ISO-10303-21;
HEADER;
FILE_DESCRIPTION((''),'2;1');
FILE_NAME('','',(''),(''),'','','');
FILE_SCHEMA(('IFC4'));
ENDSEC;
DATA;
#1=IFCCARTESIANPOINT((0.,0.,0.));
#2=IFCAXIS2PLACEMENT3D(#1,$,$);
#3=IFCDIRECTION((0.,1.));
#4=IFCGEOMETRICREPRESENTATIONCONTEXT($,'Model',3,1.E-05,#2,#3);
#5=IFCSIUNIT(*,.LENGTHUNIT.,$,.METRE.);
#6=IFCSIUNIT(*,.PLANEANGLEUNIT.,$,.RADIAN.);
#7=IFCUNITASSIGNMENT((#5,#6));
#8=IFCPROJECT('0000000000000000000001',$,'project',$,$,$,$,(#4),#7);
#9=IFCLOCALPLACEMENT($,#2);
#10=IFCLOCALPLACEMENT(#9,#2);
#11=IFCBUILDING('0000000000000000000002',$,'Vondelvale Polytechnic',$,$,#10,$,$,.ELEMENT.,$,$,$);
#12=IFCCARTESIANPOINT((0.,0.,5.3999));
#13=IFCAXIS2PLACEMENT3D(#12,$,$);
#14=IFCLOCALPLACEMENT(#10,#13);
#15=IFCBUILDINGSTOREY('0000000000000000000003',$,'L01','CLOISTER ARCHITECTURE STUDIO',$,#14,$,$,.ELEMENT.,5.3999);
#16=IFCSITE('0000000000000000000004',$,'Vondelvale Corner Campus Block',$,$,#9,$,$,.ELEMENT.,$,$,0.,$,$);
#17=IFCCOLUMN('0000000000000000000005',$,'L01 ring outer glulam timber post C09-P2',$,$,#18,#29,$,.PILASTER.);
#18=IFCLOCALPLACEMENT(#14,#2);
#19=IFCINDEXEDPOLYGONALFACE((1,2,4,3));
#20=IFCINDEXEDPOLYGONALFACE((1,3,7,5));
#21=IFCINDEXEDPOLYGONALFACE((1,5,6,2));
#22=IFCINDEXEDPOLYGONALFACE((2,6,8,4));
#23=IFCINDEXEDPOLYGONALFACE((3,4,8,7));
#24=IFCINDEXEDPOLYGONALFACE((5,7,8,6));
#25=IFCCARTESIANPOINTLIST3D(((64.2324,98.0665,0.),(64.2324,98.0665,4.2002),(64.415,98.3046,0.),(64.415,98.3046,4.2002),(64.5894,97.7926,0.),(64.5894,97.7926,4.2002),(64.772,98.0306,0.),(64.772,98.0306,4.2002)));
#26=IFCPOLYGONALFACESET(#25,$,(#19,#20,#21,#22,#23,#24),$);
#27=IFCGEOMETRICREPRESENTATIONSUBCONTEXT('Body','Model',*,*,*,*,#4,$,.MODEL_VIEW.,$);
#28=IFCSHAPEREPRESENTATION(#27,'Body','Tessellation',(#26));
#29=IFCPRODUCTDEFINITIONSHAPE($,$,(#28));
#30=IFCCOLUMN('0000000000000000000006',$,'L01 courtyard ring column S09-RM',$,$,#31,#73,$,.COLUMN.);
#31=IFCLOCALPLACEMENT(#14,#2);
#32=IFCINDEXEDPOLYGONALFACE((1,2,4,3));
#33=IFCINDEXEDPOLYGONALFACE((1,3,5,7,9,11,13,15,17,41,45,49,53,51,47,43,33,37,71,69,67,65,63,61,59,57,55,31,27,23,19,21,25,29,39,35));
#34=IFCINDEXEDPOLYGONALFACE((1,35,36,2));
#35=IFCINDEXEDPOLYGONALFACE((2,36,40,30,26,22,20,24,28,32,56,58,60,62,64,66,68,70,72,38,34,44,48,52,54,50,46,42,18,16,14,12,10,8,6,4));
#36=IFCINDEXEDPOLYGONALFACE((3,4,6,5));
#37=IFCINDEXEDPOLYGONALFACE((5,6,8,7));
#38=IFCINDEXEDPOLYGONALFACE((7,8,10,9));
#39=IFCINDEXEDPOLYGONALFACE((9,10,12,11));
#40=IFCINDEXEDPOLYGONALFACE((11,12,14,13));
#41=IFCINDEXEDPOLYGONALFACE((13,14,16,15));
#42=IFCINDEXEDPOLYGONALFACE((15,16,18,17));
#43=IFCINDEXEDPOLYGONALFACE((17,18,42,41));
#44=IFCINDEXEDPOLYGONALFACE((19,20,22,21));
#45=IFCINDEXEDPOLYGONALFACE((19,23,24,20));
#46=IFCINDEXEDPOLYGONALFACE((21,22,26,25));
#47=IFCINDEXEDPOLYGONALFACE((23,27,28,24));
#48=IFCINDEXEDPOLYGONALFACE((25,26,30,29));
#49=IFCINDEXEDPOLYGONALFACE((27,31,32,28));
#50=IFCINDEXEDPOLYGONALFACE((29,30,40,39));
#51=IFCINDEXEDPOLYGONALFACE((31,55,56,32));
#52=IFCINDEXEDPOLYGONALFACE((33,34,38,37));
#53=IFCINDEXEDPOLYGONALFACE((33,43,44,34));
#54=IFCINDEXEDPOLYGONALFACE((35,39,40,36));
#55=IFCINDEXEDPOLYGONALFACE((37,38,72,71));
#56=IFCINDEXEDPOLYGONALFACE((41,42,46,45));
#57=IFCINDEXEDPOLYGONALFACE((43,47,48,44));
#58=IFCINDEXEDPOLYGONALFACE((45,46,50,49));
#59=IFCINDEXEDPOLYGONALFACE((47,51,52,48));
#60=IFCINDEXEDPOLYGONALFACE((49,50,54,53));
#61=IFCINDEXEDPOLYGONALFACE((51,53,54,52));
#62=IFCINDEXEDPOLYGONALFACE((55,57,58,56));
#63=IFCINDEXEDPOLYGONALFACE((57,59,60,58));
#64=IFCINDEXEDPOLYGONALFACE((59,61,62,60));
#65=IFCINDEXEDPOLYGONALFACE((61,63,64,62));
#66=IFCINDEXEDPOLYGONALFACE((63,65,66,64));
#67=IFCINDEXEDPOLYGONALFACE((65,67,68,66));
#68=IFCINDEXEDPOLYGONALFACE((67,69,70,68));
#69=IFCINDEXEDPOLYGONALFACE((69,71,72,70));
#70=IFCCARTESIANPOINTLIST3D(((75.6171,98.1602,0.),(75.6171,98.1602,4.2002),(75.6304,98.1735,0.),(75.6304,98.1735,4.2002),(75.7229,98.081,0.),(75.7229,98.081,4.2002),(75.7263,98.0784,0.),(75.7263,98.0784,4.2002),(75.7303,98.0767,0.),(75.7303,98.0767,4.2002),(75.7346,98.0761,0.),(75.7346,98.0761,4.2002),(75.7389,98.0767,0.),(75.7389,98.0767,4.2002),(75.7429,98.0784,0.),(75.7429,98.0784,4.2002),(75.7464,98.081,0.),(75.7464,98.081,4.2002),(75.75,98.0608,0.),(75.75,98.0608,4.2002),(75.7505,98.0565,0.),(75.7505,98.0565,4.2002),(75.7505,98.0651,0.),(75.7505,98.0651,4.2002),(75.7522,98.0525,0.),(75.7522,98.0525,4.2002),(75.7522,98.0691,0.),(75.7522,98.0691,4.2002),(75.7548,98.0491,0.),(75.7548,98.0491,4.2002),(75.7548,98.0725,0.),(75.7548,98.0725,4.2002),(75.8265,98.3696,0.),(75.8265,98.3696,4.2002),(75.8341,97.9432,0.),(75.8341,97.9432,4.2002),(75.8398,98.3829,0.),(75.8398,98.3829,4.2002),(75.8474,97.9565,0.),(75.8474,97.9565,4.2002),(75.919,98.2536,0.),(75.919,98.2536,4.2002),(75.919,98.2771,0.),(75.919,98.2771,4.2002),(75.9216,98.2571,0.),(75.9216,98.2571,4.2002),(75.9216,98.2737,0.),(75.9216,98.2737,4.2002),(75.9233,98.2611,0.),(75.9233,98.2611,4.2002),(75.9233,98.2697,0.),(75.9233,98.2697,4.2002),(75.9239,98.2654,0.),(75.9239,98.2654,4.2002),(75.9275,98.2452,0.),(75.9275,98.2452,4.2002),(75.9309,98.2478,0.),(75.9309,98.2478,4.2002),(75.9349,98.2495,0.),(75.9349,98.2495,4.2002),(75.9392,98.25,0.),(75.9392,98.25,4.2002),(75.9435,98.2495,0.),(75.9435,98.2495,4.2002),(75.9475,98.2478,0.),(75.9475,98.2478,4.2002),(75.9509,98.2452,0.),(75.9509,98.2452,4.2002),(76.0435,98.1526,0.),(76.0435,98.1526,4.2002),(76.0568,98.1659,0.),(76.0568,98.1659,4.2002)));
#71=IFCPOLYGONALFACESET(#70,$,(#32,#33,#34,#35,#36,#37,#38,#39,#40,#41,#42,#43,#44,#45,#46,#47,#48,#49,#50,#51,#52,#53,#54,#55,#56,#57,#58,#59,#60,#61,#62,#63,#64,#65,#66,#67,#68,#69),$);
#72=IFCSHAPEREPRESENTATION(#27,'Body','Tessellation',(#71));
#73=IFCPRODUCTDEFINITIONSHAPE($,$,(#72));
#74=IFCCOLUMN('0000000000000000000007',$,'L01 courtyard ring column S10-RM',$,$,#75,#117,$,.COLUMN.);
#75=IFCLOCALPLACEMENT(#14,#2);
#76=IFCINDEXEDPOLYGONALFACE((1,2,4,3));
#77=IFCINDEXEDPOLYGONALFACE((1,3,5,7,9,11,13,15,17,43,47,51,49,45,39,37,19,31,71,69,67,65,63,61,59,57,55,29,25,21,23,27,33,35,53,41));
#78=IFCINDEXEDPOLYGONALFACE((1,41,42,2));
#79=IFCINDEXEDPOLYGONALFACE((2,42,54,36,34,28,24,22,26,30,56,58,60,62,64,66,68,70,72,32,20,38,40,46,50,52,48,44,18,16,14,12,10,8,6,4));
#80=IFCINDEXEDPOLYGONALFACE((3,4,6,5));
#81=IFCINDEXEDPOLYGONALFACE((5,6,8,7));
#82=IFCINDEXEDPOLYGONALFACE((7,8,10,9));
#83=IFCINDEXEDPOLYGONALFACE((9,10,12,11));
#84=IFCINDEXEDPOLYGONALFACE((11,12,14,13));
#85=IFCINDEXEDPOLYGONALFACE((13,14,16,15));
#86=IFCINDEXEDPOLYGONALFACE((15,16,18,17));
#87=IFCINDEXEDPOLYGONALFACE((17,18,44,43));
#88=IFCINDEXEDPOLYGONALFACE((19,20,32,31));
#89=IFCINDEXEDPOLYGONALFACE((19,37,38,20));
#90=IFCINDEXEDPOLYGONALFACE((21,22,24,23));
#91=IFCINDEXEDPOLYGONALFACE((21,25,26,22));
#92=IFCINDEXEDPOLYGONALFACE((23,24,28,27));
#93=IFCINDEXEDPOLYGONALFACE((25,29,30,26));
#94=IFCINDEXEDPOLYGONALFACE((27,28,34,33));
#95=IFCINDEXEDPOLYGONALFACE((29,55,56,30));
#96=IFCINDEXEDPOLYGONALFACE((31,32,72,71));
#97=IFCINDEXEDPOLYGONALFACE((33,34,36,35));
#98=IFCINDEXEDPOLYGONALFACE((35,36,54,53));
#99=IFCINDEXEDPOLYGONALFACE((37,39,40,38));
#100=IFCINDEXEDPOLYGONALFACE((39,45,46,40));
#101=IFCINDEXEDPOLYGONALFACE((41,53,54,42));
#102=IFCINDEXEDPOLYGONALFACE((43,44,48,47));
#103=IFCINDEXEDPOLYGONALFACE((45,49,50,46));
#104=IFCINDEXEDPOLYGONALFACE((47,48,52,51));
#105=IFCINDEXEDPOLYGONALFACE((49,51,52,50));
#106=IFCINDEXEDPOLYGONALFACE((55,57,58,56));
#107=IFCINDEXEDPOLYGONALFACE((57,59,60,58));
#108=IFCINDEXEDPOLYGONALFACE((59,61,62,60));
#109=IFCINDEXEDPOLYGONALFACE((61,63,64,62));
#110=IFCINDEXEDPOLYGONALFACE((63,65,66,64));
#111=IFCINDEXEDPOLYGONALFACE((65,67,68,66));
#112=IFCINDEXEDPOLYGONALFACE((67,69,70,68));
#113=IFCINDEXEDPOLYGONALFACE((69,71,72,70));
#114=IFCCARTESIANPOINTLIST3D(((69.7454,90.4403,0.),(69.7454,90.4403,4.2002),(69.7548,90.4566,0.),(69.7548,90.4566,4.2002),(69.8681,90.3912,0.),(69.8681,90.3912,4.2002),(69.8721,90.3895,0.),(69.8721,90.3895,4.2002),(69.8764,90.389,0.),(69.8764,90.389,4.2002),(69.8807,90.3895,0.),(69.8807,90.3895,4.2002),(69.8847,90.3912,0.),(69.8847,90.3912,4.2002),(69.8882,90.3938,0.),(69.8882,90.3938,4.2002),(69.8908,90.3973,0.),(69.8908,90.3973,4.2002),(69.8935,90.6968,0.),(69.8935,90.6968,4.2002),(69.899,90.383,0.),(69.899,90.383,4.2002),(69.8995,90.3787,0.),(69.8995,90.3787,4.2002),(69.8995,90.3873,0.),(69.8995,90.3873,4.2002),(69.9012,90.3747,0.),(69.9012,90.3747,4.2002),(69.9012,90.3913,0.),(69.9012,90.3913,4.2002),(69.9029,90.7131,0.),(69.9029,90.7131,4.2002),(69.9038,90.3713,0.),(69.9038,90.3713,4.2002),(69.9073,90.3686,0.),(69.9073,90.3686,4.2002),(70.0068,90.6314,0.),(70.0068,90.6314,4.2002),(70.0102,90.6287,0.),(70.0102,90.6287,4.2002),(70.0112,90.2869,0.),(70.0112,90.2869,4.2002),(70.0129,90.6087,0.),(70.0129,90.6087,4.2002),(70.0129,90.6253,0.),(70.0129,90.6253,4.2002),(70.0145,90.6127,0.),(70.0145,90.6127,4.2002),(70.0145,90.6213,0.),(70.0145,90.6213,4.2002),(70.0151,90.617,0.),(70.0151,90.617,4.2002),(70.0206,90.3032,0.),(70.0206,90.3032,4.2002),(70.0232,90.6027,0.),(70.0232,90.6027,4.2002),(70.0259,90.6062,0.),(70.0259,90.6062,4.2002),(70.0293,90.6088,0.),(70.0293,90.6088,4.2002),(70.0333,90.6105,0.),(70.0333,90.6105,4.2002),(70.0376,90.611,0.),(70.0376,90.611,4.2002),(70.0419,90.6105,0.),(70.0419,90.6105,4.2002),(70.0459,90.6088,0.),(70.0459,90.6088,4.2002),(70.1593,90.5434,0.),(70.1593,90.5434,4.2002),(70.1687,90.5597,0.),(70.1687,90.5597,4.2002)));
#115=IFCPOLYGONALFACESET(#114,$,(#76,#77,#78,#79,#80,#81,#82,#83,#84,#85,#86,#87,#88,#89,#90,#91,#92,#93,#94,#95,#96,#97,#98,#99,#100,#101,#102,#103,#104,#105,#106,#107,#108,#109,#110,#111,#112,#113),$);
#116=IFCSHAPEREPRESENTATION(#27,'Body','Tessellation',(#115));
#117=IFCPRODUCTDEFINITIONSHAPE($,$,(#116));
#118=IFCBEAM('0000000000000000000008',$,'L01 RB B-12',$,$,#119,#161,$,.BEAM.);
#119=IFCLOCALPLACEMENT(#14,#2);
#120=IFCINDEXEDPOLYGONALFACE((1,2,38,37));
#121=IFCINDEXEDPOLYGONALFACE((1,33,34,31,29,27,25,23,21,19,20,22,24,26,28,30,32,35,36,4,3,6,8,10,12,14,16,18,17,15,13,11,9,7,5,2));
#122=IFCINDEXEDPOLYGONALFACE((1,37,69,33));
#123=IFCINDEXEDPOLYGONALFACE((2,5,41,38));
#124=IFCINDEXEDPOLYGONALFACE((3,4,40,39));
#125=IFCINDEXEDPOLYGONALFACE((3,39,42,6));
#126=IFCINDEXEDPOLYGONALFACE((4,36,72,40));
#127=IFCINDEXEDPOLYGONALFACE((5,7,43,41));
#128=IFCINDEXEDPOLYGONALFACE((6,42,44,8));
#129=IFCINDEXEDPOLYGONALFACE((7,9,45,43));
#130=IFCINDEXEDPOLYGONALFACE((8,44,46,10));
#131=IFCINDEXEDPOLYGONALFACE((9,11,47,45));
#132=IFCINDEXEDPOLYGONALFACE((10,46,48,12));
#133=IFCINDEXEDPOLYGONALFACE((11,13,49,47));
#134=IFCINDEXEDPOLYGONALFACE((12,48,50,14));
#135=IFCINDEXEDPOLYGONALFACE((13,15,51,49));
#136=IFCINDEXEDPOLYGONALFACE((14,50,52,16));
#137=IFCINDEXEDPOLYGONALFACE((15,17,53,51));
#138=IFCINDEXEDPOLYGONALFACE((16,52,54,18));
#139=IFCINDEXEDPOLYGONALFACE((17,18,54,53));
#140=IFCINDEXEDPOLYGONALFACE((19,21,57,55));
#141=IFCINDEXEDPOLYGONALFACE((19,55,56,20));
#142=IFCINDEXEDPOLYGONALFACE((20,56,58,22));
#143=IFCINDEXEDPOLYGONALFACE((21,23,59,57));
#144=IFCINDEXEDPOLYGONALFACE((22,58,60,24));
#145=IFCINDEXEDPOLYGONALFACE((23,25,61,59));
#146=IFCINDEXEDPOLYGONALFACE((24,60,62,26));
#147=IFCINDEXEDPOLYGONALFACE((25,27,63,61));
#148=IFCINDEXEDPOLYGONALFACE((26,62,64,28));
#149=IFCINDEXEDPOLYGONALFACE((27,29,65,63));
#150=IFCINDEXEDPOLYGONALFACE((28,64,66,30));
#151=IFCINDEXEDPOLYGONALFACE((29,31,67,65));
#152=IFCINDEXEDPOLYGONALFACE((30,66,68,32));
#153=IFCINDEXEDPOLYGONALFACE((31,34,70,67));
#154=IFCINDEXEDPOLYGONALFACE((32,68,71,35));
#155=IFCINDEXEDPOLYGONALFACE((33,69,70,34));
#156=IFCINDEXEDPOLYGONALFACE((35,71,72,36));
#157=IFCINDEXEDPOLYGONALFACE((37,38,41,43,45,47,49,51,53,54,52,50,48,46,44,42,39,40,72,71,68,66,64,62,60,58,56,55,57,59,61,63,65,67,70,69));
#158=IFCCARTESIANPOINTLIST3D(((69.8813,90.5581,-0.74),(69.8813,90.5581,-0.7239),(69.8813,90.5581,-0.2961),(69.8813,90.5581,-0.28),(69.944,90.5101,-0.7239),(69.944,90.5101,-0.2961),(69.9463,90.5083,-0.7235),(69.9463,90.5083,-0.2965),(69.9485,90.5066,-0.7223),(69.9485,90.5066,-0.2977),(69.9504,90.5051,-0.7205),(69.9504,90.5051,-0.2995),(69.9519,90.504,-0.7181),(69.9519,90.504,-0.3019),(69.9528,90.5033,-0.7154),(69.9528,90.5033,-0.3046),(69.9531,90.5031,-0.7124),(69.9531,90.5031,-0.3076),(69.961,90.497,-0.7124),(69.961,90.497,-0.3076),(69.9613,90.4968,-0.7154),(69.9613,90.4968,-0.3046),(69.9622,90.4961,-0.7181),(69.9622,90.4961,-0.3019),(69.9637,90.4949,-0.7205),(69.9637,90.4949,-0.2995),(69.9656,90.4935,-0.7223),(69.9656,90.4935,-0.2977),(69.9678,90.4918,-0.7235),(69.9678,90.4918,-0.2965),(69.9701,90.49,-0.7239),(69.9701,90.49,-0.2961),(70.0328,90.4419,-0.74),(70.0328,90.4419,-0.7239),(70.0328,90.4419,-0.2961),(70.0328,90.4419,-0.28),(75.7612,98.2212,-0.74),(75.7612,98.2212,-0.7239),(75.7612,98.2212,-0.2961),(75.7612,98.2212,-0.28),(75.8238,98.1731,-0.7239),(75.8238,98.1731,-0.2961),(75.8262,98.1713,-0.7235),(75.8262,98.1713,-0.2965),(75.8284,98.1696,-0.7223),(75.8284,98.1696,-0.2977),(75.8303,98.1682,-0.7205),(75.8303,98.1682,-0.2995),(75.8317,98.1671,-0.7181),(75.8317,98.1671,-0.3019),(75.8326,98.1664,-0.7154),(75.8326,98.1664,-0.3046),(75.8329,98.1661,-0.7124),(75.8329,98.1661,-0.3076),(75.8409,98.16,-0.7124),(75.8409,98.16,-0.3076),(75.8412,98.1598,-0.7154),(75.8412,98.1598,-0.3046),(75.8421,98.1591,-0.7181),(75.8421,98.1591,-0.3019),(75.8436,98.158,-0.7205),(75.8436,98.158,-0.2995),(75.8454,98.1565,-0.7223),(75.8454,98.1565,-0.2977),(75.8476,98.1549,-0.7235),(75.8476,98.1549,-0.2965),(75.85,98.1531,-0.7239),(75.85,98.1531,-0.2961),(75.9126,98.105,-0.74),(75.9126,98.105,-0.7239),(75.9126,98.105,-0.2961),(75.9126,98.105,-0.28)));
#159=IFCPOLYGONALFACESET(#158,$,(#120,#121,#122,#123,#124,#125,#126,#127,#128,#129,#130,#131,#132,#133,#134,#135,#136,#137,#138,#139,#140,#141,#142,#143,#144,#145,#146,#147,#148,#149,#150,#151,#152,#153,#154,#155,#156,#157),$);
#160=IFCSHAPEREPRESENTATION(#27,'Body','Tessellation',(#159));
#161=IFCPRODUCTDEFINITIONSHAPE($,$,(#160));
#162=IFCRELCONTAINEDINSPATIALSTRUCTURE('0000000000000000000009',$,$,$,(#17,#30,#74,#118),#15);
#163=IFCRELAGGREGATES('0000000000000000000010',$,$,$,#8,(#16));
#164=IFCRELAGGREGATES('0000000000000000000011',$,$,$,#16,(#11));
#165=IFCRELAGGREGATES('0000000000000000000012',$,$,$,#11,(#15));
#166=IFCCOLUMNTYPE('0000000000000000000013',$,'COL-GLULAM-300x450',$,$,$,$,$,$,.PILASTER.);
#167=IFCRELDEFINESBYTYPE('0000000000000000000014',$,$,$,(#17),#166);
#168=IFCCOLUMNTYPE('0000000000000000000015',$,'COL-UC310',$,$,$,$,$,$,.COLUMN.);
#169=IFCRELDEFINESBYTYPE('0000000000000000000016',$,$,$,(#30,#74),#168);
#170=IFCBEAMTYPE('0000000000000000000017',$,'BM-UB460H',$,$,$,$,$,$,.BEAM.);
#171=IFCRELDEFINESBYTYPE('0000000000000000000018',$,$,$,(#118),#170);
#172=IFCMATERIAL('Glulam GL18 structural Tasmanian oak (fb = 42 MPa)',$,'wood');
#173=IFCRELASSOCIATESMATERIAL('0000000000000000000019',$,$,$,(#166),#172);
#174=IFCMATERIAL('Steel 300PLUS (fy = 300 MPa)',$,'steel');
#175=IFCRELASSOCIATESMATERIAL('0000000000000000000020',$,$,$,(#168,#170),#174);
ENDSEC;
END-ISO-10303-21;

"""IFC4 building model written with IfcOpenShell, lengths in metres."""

from ifc_helpers import new_model, si_unit, direction, frame, origin, origin_2d, place, context, subcontext, project, spatial, rectangle, i_section, extrude, material, material_profile, profile_set, type_object, element, save


model = new_model("IFC4")

# Units and contexts
model_context = context("Model", 3, precision=1e-05, world=origin(), true_north=direction((0.0, 1.0)))
body_context = subcontext(model_context, "Body", "Model", "MODEL_VIEW")
ifc_project = project(units=[si_unit("LENGTHUNIT", "METRE"), si_unit("PLANEANGLEUNIT", "RADIAN")], contexts=[model_context])

# Site, building, storey
site_placement = place(None, origin())
site = spatial("IfcSite", under=ifc_project, at=site_placement, Name="Vondelvale Corner Campus Block", CompositionType="ELEMENT", RefElevation=0.0)
building_placement = place(site_placement, origin())
building = spatial("IfcBuilding", under=site, at=building_placement, Name="Vondelvale Polytechnic", CompositionType="ELEMENT")
storey_placement = place(building_placement, frame((0.0, 0.0, 5.3999)))
storey = spatial("IfcBuildingStorey", under=building, at=storey_placement, Name="L01", Description="CLOISTER ARCHITECTURE STUDIO", CompositionType="ELEMENT", Elevation=5.3999)

# Columns
ifc_material_1 = material(Name="Glulam GL18 structural Tasmanian oak (fb = 42 MPa)", Category="wood")
ifc_material_profile_1 = material_profile(ifc_material_1, rectangle(XDim=0.3, YDim=0.45, at=origin_2d()), Name="GL-POST-300x450")
ifc_profile_set_1 = profile_set([ifc_material_profile_1], Name="Glulam GL18 structural Tasmanian oak (fb = 42 MPa)")
column_type_1 = type_object("IfcColumnType", Name="COL-GLULAM-300x450", PredefinedType="PILASTER", material=ifc_profile_set_1)
column_placement = place(storey_placement, frame((64.5022, 98.0486, 0.0), z_axis=(0.0, 0.0, 1.0), x_axis=(0.608761, 0.793353, 0.0)))
element("IfcColumn", 1, at=column_placement, inside=storey, type_object=column_type_1, Name="L01 ring outer glulam timber post C09-P2", PredefinedType="PILASTER", context=body_context, shape_type="SweptSolid", body=[
    extrude(rectangle(XDim=0.3, YDim=0.45, at=origin_2d()), origin(), (0.0, 0.0, 1.0), 4.2002),
])
ifc_material_2 = material(Name="Steel 300PLUS (fy = 300 MPa)", Category="steel")
ifc_material_profile_2 = material_profile(ifc_material_2, i_section(OverallWidth=0.3069, OverallDepth=0.3149, WebThickness=0.012, FlangeThickness=0.0188, FilletRadius=0.0166, at=origin_2d()), Name="310UC118")
ifc_profile_set_2 = profile_set([ifc_material_profile_2], Name="Steel 300PLUS (fy = 300 MPa)")
column_type_2 = type_object("IfcColumnType", Name="COL-UC310", PredefinedType="COLUMN", material=ifc_profile_set_2)
for number, where, z_axis, x_axis, name in (
    (2, (75.8369, 98.1631, 0.0), (0.0, 0.0, 1.0), (-0.707107, 0.707107, 0.0), "L01 courtyard ring column S09-RM"),
    (3, (69.957, 90.5, 0.0), (0.0, 0.0, 1.0), (-0.866025, 0.5, 0.0), "L01 courtyard ring column S10-RM"),
):
    element("IfcColumn", number, at=place(storey_placement, frame(where, z_axis=z_axis, x_axis=x_axis)), inside=storey, type_object=column_type_2, Name=name, PredefinedType="COLUMN", context=body_context, shape_type="SweptSolid", body=[
        extrude(i_section(OverallWidth=0.3069, OverallDepth=0.3149, WebThickness=0.012, FlangeThickness=0.0188, FilletRadius=0.0166, at=origin_2d()), origin(), (0.0, 0.0, 1.0), 4.2002),
    ])

# Beam
ifc_material_profile_3 = material_profile(ifc_material_2, i_section(OverallWidth=0.1909, OverallDepth=0.46, WebThickness=0.01, FlangeThickness=0.0161, FilletRadius=0.0115, at=origin_2d()), Name="460UB82.1")
ifc_profile_set_3 = profile_set([ifc_material_profile_3], Name="Steel 300PLUS (fy = 300 MPa)")
beam_type_1 = type_object("IfcBeamType", Name="BM-UB460H", PredefinedType="BEAM", material=ifc_profile_set_3)
for number, where, z_axis, x_axis, name in (
    (4, (75.8369, 98.1631, -0.51), (-0.608748, -0.793364, 0.0), (0.793364, -0.608748, 0.0), "L01 RB B-12"),
):
    element("IfcBeam", number, at=place(storey_placement, frame(where, z_axis=z_axis, x_axis=x_axis)), inside=storey, type_object=beam_type_1, Name=name, PredefinedType="BEAM", context=body_context, shape_type="SweptSolid", body=[
        extrude(i_section(OverallWidth=0.1909, OverallDepth=0.46, WebThickness=0.01, FlangeThickness=0.0161, FilletRadius=0.0115, at=origin_2d()), origin(), (0.0, 0.0, 1.0), 9.6589),
    ])

save(model, "model.ifc")
